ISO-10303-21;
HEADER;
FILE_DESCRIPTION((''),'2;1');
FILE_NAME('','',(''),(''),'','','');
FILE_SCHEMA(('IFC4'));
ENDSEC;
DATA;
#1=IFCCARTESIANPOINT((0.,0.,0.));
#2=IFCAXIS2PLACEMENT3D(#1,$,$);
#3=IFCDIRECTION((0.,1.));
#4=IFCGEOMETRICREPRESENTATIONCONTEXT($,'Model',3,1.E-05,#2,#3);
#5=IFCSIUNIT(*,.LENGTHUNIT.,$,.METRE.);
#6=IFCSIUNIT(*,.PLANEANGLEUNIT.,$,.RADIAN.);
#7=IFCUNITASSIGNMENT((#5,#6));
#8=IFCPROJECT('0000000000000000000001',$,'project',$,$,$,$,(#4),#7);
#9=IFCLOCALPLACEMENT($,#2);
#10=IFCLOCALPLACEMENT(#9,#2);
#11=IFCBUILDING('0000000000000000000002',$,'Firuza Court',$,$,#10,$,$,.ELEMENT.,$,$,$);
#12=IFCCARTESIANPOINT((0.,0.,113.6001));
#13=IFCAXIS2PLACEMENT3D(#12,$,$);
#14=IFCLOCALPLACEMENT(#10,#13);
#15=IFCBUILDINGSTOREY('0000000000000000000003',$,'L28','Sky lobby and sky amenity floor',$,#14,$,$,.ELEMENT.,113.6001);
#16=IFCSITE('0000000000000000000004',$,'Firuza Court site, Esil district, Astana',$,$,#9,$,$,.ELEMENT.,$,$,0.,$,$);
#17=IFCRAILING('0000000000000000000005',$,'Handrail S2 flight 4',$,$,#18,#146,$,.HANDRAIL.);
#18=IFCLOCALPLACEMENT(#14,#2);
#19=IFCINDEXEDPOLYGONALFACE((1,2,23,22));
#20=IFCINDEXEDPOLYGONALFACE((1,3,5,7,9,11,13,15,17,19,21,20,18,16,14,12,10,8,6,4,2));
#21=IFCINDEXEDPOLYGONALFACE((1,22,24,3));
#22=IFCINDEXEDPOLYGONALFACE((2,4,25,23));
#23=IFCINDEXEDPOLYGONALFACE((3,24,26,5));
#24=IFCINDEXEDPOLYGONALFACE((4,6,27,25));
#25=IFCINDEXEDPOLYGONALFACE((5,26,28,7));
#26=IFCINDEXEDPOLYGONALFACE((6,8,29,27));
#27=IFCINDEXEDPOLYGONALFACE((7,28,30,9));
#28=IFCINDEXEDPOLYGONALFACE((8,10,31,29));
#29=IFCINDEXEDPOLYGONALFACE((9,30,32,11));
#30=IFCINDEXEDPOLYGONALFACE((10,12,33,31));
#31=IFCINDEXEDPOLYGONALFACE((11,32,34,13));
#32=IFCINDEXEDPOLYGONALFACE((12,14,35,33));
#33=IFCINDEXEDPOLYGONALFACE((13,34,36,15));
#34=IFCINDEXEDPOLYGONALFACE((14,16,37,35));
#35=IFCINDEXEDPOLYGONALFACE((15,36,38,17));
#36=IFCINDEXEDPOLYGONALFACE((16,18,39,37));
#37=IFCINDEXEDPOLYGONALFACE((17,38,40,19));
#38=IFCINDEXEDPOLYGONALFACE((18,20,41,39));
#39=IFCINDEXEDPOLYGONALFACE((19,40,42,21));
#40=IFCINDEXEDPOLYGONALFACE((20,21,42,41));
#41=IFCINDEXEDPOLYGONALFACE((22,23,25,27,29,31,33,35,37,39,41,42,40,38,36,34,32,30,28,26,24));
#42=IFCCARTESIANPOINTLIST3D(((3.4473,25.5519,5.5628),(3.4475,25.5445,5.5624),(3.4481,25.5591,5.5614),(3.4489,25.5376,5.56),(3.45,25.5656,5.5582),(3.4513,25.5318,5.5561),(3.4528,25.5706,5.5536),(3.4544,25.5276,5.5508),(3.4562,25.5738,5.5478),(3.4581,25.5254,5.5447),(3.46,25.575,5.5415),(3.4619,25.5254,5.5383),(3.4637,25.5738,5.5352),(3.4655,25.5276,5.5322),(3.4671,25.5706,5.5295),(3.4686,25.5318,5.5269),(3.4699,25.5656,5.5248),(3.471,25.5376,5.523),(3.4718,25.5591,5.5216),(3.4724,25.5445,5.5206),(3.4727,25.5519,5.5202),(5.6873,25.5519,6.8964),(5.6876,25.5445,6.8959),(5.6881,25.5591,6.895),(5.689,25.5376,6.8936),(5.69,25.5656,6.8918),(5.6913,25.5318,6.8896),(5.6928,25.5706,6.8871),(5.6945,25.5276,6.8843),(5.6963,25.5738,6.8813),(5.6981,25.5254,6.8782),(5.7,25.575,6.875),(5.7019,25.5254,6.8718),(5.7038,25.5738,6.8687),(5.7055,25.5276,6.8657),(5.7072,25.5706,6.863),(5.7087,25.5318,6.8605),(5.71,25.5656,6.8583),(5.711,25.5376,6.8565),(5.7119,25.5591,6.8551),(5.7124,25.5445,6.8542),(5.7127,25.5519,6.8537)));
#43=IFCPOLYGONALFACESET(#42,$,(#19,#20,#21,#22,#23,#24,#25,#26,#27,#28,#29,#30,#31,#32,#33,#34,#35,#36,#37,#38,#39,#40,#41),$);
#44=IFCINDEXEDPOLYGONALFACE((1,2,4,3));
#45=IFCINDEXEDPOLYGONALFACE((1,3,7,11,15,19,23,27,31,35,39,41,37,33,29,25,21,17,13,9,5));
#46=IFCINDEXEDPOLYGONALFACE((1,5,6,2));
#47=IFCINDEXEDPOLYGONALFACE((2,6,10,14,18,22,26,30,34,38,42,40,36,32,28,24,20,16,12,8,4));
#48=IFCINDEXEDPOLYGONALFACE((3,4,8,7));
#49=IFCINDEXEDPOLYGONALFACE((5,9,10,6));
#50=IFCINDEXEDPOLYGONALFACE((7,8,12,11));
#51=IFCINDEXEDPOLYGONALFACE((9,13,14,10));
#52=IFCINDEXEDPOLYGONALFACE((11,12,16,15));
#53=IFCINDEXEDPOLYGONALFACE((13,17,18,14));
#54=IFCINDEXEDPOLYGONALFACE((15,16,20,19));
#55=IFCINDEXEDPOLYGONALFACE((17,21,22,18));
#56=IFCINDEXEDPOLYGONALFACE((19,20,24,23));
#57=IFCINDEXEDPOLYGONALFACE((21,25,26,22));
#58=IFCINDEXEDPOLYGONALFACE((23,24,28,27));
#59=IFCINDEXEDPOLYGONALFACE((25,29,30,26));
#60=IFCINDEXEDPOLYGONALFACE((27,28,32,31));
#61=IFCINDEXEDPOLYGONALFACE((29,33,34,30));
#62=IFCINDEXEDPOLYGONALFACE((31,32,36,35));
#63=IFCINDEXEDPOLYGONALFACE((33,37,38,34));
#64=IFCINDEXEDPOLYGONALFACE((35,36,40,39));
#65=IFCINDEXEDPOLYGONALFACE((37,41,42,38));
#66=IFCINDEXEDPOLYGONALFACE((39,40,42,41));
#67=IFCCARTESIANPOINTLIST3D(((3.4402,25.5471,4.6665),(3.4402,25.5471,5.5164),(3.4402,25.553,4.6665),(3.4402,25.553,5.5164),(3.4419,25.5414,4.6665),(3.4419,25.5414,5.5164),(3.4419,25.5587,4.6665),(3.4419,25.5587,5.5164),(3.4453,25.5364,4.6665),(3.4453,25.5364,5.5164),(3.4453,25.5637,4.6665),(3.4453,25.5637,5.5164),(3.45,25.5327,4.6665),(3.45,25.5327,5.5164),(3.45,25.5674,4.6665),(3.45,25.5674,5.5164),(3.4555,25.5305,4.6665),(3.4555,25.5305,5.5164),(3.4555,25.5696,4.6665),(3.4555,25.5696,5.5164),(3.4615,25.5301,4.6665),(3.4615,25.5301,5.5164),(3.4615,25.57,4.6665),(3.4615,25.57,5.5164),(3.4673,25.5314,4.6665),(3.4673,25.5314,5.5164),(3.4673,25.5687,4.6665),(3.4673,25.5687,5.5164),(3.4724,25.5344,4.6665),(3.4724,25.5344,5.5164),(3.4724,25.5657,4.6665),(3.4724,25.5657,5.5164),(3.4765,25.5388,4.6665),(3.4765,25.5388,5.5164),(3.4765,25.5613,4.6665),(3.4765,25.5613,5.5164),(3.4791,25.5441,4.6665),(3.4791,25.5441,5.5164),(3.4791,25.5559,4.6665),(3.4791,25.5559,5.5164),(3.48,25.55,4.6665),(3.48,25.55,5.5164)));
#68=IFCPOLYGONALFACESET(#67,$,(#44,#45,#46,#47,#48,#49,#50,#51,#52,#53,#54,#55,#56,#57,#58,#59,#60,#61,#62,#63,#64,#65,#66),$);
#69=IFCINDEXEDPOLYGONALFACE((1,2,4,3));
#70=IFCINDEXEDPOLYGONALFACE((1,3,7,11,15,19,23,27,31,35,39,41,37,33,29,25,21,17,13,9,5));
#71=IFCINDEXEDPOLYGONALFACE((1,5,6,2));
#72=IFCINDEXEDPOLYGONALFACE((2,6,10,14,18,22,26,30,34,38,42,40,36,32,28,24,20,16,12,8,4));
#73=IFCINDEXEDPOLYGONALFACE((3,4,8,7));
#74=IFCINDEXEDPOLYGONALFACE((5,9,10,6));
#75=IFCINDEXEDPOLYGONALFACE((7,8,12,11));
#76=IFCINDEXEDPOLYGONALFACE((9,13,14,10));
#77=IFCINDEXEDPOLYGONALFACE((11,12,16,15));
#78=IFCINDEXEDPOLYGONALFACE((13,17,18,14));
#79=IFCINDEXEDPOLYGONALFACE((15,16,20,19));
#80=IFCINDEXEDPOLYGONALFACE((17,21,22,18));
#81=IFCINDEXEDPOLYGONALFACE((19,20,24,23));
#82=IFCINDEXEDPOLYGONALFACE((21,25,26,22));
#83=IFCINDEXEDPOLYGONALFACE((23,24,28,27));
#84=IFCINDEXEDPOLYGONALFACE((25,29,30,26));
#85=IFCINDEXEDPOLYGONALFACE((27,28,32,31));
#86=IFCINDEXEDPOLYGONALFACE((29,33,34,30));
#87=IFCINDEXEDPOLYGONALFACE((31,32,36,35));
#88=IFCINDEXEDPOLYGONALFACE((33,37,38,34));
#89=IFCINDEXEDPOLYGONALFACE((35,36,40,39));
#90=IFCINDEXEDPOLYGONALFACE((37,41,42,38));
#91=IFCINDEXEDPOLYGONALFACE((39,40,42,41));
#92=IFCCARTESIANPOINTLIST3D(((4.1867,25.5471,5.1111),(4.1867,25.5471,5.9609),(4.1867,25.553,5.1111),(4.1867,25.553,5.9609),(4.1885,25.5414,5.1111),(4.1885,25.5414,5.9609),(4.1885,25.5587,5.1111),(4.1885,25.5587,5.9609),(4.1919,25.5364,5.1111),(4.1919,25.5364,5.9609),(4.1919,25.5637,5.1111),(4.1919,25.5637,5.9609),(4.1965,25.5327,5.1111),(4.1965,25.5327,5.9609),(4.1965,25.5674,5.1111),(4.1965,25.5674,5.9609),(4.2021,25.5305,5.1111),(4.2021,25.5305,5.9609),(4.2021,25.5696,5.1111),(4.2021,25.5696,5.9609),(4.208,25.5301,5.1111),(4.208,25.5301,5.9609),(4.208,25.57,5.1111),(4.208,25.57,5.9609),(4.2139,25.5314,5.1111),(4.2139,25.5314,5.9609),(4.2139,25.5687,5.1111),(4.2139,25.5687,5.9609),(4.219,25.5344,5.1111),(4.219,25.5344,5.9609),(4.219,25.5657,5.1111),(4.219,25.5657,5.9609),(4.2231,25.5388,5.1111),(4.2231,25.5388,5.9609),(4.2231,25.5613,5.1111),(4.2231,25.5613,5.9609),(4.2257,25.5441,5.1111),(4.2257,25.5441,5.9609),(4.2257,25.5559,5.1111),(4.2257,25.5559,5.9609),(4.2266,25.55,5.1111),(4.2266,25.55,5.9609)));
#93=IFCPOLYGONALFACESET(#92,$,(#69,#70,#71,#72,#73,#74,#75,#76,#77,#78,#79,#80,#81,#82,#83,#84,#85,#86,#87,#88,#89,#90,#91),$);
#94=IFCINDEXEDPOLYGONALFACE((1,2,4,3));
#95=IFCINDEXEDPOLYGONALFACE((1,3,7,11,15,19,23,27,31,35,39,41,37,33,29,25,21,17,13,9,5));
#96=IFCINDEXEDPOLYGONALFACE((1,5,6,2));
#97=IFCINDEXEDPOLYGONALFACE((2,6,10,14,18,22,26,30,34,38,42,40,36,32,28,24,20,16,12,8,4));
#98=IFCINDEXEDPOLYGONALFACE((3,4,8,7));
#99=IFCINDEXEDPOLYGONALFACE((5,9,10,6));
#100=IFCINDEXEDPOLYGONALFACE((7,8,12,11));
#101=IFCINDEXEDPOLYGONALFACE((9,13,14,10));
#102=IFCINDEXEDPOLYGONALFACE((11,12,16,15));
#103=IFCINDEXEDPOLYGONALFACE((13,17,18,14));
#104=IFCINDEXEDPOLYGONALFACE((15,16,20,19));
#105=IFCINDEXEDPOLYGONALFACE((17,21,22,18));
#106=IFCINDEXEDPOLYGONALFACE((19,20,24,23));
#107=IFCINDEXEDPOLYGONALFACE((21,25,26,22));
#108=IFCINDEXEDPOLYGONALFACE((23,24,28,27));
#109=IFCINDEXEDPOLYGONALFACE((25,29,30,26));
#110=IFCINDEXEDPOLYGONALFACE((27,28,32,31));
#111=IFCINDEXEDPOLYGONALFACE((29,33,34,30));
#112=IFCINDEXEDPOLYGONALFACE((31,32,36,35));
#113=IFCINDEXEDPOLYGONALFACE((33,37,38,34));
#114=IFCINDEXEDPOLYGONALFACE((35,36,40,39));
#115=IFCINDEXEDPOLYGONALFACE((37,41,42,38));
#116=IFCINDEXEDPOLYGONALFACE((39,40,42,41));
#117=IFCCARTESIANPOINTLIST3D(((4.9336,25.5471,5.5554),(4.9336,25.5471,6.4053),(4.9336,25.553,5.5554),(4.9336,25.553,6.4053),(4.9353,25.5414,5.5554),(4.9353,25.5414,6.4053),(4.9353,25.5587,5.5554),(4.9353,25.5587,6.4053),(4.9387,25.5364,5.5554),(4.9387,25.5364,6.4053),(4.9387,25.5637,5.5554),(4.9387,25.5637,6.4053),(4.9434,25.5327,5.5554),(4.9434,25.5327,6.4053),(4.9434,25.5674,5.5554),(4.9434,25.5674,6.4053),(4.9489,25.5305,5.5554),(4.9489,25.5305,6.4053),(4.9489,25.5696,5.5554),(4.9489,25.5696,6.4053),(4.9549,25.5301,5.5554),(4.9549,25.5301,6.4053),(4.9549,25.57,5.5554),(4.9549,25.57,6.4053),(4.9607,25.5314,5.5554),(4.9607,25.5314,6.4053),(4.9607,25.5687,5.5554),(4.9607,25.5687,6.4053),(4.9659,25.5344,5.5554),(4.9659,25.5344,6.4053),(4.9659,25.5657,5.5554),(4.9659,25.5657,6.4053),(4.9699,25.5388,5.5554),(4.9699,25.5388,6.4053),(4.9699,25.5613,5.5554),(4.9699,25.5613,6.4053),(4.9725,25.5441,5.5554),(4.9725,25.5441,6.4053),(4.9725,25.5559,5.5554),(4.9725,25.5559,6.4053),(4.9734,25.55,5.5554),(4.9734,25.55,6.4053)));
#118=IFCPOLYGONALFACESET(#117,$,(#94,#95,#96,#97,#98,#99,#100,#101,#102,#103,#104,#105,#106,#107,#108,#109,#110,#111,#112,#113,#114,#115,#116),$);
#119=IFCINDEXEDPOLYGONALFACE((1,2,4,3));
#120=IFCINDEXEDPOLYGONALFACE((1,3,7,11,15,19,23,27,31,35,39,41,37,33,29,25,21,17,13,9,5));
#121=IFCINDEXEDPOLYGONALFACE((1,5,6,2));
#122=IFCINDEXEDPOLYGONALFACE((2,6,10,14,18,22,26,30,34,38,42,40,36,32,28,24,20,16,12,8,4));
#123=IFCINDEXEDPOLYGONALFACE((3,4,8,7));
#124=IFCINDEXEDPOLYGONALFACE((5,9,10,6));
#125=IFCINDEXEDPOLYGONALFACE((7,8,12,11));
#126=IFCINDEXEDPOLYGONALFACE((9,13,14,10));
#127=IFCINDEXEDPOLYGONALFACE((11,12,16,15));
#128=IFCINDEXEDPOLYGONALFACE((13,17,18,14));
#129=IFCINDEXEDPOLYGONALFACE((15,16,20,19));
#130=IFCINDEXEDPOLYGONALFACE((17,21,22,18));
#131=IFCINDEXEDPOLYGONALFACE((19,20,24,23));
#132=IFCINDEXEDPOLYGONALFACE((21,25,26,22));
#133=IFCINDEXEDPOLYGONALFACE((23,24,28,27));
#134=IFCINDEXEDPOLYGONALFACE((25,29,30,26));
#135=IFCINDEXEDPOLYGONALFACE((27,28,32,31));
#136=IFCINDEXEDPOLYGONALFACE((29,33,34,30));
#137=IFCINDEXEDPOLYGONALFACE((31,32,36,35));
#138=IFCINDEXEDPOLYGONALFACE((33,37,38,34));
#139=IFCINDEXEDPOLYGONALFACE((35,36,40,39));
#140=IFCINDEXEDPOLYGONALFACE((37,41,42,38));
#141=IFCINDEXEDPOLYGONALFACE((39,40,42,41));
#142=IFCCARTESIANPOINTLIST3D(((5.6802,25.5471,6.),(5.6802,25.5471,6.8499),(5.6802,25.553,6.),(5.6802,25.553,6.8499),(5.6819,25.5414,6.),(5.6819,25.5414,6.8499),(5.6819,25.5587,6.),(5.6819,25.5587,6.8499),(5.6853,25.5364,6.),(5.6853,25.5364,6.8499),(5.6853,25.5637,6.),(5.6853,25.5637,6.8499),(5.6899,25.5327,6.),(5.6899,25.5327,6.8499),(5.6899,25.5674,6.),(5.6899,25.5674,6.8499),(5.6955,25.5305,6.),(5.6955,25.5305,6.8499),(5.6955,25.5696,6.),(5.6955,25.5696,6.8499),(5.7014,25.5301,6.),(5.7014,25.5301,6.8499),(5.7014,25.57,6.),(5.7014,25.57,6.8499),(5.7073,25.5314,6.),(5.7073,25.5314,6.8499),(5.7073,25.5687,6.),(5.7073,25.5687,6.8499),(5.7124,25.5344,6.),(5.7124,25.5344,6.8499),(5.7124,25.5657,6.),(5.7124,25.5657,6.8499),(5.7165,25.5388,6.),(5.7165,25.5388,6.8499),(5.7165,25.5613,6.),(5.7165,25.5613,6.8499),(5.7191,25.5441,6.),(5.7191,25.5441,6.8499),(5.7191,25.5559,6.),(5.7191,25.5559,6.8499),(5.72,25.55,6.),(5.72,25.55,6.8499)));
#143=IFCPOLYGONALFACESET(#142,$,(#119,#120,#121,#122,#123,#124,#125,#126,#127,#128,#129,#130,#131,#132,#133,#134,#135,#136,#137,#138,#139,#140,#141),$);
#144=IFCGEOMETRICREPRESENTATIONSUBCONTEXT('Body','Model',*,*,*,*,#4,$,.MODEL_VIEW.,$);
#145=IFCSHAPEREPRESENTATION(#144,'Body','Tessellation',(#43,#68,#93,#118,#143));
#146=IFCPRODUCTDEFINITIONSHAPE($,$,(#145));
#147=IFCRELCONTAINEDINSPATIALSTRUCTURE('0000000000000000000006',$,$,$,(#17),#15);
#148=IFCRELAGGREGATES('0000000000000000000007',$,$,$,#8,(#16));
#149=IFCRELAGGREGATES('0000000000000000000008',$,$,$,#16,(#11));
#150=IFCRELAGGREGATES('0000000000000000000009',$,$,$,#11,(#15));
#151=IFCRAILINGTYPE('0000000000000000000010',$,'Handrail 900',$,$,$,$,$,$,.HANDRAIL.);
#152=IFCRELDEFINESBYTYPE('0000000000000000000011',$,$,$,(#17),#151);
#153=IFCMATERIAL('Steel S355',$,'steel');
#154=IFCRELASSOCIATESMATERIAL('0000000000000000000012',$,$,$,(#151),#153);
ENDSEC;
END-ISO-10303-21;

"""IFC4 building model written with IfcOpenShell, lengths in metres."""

from ifc_helpers import new_model, si_unit, direction, frame, origin, origin_2d, place, context, subcontext, project, spatial, circle, extrude, material, type_object, element, save


model = new_model("IFC4")

# Units and contexts
model_context = context("Model", 3, precision=1e-05, world=origin(), true_north=direction((0.0, 1.0)))
body_context = subcontext(model_context, "Body", "Model", "MODEL_VIEW")
ifc_project = project(units=[si_unit("LENGTHUNIT", "METRE"), si_unit("PLANEANGLEUNIT", "RADIAN")], contexts=[model_context])

# Site, building, storey
site_placement = place(None, origin())
site = spatial("IfcSite", under=ifc_project, at=site_placement, Name="Firuza Court site, Esil district, Astana", CompositionType="ELEMENT", RefElevation=0.0)
building_placement = place(site_placement, origin())
building = spatial("IfcBuilding", under=site, at=building_placement, Name="Firuza Court", CompositionType="ELEMENT")
storey_placement = place(building_placement, frame((0.0, 0.0, 113.6001)))
storey = spatial("IfcBuildingStorey", under=building, at=storey_placement, Name="L28", Description="Sky lobby and sky amenity floor", CompositionType="ELEMENT", Elevation=113.6001)

# Railing
ifc_material_1 = material(Name="Steel S355", Category="steel")
railing_type_1 = type_object("IfcRailingType", Name="Handrail 900", PredefinedType="HANDRAIL", material=ifc_material_1)
railing_1_placement = place(storey_placement, frame((3.46, 25.55, 4.6665)))
element("IfcRailing", 1, at=railing_1_placement, inside=storey, type_object=railing_type_1, Name="Handrail S2 flight 4", PredefinedType="HANDRAIL", context=body_context, shape_type="SweptSolid", body=[
    extrude(circle(Radius=0.0249, at=origin_2d()), frame((0.0, 0.0, 0.875), z_axis=(0.859264, 0.0, 0.511532), x_axis=(0.0, 1.0, 0.0)), (0.0, 0.0, 1.0), 2.6069),
    extrude(circle(Radius=0.02, at=origin_2d()), origin(), (0.0, 0.0, 1.0), 0.8499),
    extrude(circle(Radius=0.02, at=origin_2d()), frame((0.7466, 0.0, 0.4446)), (0.0, 0.0, 1.0), 0.8499),
    extrude(circle(Radius=0.02, at=origin_2d()), frame((1.4934, 0.0, 0.8889)), (0.0, 0.0, 1.0), 0.8499),
    extrude(circle(Radius=0.02, at=origin_2d()), frame((2.24, 0.0, 1.3335)), (0.0, 0.0, 1.0), 0.8499),
])

save(model, "model.ifc")
